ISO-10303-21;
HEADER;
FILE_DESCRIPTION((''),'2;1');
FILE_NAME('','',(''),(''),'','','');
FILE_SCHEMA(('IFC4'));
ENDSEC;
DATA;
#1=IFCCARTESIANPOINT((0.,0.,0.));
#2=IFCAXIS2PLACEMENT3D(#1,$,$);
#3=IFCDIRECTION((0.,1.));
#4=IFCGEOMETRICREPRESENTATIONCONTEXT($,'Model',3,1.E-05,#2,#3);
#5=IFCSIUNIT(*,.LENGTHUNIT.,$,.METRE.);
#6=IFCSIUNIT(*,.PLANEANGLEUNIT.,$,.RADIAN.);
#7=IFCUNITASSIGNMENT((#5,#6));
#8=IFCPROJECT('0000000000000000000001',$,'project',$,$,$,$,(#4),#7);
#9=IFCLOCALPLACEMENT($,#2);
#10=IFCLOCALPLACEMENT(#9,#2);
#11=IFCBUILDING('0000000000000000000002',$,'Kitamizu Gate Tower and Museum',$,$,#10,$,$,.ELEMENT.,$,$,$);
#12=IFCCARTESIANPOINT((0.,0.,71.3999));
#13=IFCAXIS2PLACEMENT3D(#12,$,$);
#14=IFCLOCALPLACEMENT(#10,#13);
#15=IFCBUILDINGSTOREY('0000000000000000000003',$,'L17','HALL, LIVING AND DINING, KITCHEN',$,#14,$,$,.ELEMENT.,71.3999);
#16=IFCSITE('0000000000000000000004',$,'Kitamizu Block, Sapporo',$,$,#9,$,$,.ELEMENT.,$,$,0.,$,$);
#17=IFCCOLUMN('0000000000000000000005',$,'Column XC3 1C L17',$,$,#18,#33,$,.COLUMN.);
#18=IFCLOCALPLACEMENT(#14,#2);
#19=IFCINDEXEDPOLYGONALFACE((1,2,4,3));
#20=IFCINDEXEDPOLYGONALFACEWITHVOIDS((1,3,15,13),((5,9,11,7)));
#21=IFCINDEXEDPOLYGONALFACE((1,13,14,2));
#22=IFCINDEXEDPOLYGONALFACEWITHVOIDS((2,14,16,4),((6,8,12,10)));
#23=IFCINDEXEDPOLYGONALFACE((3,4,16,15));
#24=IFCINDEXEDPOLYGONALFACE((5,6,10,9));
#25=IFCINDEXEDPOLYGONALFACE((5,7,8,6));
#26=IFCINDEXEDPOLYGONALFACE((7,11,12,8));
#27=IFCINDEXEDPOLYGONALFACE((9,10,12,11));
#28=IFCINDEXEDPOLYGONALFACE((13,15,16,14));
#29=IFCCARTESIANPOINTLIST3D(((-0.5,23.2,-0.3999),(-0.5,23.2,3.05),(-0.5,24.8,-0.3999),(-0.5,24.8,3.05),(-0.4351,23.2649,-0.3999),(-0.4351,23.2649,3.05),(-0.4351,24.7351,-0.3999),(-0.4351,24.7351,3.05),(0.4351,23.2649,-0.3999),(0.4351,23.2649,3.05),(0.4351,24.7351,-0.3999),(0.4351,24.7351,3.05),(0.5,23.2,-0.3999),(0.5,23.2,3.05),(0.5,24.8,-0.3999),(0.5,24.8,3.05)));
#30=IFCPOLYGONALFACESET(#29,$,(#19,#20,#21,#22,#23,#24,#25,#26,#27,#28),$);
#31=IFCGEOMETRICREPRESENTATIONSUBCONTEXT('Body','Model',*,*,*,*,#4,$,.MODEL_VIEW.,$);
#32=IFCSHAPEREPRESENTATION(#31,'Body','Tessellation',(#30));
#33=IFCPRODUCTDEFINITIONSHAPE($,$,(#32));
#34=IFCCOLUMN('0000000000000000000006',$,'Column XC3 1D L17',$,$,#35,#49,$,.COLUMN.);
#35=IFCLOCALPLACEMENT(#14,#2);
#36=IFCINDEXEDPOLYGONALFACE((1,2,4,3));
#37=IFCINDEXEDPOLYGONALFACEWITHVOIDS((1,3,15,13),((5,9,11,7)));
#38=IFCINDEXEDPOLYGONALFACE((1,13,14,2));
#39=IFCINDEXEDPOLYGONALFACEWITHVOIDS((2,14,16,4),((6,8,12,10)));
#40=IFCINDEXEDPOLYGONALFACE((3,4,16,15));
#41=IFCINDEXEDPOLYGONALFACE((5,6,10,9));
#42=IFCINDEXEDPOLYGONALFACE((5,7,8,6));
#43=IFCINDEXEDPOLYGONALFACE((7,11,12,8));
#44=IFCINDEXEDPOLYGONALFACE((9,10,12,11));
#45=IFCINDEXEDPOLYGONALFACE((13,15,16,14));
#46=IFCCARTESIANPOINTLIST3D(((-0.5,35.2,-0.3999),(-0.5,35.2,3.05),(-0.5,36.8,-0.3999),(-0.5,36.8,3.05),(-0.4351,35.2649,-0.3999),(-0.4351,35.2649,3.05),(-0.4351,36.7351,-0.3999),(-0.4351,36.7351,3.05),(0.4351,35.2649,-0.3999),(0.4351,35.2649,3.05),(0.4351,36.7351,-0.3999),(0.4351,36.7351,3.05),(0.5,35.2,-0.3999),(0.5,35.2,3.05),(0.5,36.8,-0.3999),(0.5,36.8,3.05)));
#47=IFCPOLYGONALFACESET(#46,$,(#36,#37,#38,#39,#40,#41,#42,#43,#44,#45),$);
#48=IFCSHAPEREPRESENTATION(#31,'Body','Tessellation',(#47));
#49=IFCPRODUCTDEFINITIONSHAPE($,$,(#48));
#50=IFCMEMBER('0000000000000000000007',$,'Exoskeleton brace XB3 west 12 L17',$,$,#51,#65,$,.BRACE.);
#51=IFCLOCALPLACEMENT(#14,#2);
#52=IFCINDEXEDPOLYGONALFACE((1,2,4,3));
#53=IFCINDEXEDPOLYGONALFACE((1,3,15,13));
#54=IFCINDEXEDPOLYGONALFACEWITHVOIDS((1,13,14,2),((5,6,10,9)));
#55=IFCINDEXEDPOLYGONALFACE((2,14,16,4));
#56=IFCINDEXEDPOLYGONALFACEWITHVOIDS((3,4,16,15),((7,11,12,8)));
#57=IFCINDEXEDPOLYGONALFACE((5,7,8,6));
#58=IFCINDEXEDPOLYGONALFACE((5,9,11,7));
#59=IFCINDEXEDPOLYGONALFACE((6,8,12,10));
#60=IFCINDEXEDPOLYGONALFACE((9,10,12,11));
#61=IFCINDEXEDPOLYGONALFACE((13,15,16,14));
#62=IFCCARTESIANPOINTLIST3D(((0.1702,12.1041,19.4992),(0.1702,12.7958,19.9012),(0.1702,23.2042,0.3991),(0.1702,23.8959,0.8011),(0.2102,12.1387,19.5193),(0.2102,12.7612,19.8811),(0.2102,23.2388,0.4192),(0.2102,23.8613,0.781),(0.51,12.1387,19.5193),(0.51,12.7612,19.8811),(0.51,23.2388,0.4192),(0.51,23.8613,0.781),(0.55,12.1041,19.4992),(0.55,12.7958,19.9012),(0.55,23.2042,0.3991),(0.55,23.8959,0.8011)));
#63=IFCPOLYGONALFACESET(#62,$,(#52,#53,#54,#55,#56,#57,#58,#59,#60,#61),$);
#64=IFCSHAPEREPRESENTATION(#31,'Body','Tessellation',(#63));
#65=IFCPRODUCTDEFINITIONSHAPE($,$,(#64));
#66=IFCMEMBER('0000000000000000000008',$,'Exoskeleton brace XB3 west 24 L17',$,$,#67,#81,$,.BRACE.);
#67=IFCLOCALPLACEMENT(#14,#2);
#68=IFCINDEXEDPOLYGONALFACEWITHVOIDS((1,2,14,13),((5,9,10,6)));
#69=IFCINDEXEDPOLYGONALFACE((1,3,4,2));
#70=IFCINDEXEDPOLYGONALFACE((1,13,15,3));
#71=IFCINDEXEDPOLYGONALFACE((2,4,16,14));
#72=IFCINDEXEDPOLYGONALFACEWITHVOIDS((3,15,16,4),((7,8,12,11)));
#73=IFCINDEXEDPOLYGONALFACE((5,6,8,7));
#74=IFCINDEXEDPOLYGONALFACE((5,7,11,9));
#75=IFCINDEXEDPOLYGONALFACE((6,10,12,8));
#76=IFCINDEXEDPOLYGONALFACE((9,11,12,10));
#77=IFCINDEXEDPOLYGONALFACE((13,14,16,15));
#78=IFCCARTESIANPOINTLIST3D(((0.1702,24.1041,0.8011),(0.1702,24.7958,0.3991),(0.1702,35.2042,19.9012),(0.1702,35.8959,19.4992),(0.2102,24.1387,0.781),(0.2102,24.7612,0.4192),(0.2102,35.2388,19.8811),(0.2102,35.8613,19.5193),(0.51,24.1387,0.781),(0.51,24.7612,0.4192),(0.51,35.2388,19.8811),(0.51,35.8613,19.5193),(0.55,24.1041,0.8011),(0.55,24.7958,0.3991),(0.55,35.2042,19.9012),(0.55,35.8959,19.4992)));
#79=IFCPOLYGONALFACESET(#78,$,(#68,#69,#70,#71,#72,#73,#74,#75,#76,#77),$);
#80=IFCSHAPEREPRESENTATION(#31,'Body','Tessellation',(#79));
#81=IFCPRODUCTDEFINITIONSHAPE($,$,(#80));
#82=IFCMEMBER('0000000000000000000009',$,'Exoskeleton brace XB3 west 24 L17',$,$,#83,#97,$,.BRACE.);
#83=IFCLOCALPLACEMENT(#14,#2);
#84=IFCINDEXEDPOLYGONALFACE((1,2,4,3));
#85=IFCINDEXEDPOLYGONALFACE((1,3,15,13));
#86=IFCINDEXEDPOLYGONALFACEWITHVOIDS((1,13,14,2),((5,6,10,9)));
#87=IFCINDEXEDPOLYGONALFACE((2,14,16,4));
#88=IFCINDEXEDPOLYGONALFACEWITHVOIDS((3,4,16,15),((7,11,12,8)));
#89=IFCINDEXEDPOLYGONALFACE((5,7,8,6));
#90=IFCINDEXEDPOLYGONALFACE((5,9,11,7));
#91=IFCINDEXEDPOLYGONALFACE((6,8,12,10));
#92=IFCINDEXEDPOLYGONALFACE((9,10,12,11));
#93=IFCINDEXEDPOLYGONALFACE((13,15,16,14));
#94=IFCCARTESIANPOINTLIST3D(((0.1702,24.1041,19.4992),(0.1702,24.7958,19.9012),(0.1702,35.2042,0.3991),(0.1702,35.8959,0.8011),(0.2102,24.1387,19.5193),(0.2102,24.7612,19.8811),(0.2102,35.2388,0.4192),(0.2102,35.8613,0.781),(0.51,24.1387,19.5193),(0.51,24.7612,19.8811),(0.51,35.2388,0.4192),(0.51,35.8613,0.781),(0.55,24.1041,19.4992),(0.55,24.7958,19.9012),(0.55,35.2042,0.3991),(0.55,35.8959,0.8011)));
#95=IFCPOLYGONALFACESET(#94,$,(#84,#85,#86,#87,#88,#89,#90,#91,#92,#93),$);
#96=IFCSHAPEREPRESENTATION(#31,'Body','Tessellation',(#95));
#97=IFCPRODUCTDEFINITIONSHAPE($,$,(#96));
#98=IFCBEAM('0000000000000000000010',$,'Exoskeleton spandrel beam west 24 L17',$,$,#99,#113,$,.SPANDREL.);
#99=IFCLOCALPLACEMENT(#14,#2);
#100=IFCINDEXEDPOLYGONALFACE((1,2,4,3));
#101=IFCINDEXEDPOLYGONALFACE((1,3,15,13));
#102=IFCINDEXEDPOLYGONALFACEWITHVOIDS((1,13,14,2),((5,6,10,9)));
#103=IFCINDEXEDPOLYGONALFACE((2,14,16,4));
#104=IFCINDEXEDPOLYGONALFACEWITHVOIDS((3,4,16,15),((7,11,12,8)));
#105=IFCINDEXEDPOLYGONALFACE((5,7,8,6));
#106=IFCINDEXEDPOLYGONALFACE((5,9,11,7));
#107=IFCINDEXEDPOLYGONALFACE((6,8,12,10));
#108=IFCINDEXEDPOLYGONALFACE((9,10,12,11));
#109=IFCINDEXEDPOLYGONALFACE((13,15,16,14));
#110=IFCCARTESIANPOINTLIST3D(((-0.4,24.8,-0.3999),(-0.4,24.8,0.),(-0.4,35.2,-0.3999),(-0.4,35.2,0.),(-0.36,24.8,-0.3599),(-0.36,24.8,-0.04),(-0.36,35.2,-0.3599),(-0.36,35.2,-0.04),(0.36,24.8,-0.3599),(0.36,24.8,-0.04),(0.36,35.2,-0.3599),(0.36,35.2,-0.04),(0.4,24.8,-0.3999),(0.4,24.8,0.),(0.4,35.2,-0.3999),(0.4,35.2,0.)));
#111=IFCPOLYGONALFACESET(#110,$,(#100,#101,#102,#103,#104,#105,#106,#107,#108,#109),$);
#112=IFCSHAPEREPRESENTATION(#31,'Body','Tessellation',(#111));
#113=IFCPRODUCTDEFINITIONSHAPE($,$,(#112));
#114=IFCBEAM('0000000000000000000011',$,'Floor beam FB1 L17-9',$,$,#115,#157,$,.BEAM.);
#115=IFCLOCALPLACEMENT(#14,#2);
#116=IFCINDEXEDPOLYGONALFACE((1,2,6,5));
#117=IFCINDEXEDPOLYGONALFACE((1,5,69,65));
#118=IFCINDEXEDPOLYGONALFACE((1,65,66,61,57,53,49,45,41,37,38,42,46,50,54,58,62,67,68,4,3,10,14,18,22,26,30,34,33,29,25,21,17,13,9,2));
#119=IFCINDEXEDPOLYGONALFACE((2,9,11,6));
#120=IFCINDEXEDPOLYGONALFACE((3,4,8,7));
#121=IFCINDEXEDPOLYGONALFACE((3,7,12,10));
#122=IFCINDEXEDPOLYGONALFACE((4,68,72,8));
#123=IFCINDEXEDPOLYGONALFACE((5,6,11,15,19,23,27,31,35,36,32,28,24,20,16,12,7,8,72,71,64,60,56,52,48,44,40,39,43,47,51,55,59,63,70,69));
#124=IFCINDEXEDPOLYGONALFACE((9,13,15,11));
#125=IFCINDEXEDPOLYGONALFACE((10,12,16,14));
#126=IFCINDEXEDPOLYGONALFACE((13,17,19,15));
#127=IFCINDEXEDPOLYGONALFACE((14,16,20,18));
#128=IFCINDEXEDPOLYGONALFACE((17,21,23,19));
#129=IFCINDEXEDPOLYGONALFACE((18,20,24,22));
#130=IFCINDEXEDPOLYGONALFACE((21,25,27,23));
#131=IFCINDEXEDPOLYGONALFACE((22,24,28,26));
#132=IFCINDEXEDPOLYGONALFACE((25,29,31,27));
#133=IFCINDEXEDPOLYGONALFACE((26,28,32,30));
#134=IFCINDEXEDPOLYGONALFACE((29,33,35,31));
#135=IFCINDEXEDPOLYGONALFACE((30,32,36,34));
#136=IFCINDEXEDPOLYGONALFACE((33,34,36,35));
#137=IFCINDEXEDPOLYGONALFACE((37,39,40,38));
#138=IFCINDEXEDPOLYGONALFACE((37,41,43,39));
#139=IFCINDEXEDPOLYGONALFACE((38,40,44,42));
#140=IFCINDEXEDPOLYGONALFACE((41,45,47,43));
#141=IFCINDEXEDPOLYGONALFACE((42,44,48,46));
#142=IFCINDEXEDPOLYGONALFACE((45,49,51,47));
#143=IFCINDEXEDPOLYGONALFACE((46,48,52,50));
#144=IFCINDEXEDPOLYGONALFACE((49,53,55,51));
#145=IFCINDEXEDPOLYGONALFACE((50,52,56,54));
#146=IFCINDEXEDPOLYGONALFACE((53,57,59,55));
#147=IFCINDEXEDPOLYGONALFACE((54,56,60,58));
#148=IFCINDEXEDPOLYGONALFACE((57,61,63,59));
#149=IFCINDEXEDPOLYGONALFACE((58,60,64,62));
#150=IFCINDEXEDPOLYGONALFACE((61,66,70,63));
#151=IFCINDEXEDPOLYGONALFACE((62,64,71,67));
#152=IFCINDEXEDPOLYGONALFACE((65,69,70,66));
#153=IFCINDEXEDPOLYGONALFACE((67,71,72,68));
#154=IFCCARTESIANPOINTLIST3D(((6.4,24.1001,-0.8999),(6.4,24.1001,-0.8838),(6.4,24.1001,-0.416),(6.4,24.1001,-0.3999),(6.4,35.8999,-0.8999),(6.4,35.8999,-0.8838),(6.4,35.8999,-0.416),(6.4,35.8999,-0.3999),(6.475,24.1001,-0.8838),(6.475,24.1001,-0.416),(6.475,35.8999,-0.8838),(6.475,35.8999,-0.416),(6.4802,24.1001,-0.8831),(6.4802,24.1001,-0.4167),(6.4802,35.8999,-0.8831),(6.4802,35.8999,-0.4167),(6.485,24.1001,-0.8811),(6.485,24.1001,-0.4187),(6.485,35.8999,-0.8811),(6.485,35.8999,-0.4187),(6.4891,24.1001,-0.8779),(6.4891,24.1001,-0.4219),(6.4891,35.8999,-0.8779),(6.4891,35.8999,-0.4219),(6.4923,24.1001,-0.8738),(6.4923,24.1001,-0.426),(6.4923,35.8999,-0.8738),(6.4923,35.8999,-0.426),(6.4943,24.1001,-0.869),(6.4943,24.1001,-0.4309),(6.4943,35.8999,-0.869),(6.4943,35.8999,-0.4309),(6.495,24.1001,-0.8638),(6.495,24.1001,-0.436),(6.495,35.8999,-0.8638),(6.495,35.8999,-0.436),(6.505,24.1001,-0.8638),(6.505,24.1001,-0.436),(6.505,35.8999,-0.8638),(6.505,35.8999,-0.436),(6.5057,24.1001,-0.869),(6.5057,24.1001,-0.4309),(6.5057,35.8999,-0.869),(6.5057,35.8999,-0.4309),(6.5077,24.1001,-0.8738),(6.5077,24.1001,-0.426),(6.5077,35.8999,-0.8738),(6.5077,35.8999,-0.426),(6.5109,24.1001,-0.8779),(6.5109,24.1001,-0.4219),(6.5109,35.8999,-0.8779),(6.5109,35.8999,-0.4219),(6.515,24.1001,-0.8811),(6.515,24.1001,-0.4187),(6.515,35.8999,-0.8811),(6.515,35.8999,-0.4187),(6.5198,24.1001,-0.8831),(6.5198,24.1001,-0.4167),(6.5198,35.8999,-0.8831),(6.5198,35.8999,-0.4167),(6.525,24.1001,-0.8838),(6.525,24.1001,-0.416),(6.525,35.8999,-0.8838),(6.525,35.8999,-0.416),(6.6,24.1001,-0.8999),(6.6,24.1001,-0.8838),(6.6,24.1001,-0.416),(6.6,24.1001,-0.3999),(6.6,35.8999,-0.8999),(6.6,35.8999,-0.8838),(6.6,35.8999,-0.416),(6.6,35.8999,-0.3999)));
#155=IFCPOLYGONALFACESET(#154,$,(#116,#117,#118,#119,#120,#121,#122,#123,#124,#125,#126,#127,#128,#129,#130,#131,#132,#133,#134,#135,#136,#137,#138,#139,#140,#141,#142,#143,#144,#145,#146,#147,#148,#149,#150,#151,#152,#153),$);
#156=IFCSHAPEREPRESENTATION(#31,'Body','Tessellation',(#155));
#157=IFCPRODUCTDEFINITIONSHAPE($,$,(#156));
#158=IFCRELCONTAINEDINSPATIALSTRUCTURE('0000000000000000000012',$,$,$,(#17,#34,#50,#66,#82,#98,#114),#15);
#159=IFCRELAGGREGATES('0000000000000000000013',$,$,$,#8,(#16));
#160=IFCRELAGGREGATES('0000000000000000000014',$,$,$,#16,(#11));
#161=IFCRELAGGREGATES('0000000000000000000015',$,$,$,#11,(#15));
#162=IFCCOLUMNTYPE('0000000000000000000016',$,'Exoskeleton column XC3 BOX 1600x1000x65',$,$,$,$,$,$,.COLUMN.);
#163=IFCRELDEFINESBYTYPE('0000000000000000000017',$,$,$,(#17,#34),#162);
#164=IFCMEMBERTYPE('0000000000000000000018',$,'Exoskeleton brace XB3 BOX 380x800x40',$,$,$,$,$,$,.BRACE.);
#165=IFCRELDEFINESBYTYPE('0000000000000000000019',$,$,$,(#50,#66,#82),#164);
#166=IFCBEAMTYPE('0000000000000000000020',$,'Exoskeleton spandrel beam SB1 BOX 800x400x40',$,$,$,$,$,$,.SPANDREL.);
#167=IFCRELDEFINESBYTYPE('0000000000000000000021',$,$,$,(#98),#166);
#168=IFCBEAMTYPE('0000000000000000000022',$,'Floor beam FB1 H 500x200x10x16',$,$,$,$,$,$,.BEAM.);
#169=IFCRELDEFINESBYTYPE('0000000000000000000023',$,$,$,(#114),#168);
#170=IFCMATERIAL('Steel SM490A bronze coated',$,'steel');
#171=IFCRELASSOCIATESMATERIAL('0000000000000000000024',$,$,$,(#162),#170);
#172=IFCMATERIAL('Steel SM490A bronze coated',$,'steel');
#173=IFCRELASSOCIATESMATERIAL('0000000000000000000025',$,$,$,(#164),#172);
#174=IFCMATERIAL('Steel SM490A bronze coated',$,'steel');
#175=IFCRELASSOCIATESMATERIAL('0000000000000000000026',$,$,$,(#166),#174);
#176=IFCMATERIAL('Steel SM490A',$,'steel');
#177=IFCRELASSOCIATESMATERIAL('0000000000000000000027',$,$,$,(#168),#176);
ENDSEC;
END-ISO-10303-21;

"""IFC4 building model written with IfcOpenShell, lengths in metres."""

from ifc_helpers import new_model, si_unit, direction, frame, origin, origin_2d, place, context, subcontext, project, spatial, hollow_rectangle, i_section, extrude, material, material_profile, profile_set, type_object, element, save


model = new_model("IFC4")

# Units and contexts
model_context = context("Model", 3, precision=1e-05, world=origin(), true_north=direction((0.0, 1.0)))
body_context = subcontext(model_context, "Body", "Model", "MODEL_VIEW")
ifc_project = project(units=[si_unit("LENGTHUNIT", "METRE"), si_unit("PLANEANGLEUNIT", "RADIAN")], contexts=[model_context])

# Site, building, storey
site_placement = place(None, origin())
site = spatial("IfcSite", under=ifc_project, at=site_placement, Name="Kitamizu Block, Sapporo", CompositionType="ELEMENT", RefElevation=0.0)
building_placement = place(site_placement, origin())
building = spatial("IfcBuilding", under=site, at=building_placement, Name="Kitamizu Gate Tower and Museum", CompositionType="ELEMENT")
storey_placement = place(building_placement, frame((0.0, 0.0, 71.3999)))
storey = spatial("IfcBuildingStorey", under=building, at=storey_placement, Name="L17", Description="HALL, LIVING AND DINING, KITCHEN", CompositionType="ELEMENT", Elevation=71.3999)

# Columns
ifc_material_1 = material(Name="Steel SM490A bronze coated", Category="steel")
ifc_material_profile_1 = material_profile(ifc_material_1, hollow_rectangle(XDim=1.6001, YDim=1.0, WallThickness=0.0649, at=origin_2d()), Name="BOX 1600x1000x65")
ifc_profile_set_1 = profile_set([ifc_material_profile_1], Name="Steel SM490A bronze coated")
column_type = type_object("IfcColumnType", Name="Exoskeleton column XC3 BOX 1600x1000x65", PredefinedType="COLUMN", material=ifc_profile_set_1)
for number, where, z_axis, x_axis, name in (
    (1, (0.0, 24.0, -0.3999), (0.0, 0.0, 1.0), (0.0, 1.0, 0.0), "Column XC3 1C L17"),
    (2, (0.0, 36.0, -0.3999), (0.0, 0.0, 1.0), (0.0, 1.0, 0.0), "Column XC3 1D L17"),
):
    element("IfcColumn", number, at=place(storey_placement, frame(where, z_axis=z_axis, x_axis=x_axis)), inside=storey, type_object=column_type, Name=name, PredefinedType="COLUMN", context=body_context, shape_type="SweptSolid", body=[
        extrude(hollow_rectangle(XDim=1.6001, YDim=1.0, WallThickness=0.0649, at=origin_2d()), origin(), (0.0, 0.0, 1.0), 3.45),
    ])

# Members
ifc_material_2 = material(Name="Steel SM490A bronze coated", Category="steel")
ifc_material_profile_2 = material_profile(ifc_material_2, hollow_rectangle(XDim=0.3799, YDim=0.8, WallThickness=0.04, at=origin_2d()), Name="BOX 380x800x40")
ifc_profile_set_2 = profile_set([ifc_material_profile_2], Name="Steel SM490A bronze coated")
member_type = type_object("IfcMemberType", Name="Exoskeleton brace XB3 BOX 380x800x40", PredefinedType="BRACE", material=ifc_profile_set_2)
for number, where, z_axis, x_axis, name in (
    (3, (0.3601, 23.55, 0.6001), (0.0, -0.502464, 0.864598), (1.0, 0.0, 0.0), "Exoskeleton brace XB3 west 12 L17"),
    (4, (0.3601, 24.45, 0.6001), (0.0, 0.502464, 0.864598), (-1.0, 0.0, 0.0), "Exoskeleton brace XB3 west 24 L17"),
    (5, (0.3601, 35.55, 0.6001), (0.0, -0.502464, 0.864598), (1.0, 0.0, 0.0), "Exoskeleton brace XB3 west 24 L17"),
):
    element("IfcMember", number, at=place(storey_placement, frame(where, z_axis=z_axis, x_axis=x_axis)), inside=storey, type_object=member_type, Name=name, PredefinedType="BRACE", context=body_context, shape_type="SweptSolid", body=[
        extrude(hollow_rectangle(XDim=0.3799, YDim=0.8, WallThickness=0.04, at=origin_2d()), origin(), (0.0, 0.0, 1.0), 22.0913),
    ])

# Beams
ifc_material_3 = material(Name="Steel SM490A bronze coated", Category="steel")
ifc_material_profile_3 = material_profile(ifc_material_3, hollow_rectangle(XDim=0.8, YDim=0.3999, WallThickness=0.04, at=origin_2d()), Name="BOX 800x400x40")
ifc_profile_set_3 = profile_set([ifc_material_profile_3], Name="Steel SM490A bronze coated")
beam_type_1 = type_object("IfcBeamType", Name="Exoskeleton spandrel beam SB1 BOX 800x400x40", PredefinedType="SPANDREL", material=ifc_profile_set_3)
beam_1_placement = place(storey_placement, frame((0.0, 24.8, -0.2), z_axis=(0.0, 1.0, 0.0), x_axis=(-1.0, 0.0, 0.0)))
element("IfcBeam", 6, at=beam_1_placement, inside=storey, type_object=beam_type_1, Name="Exoskeleton spandrel beam west 24 L17", PredefinedType="SPANDREL", context=body_context, shape_type="SweptSolid", body=[
    extrude(hollow_rectangle(XDim=0.8, YDim=0.3999, WallThickness=0.04, at=origin_2d()), origin(), (0.0, 0.0, 1.0), 10.3999),
])
ifc_material_4 = material(Name="Steel SM490A", Category="steel")
ifc_material_profile_4 = material_profile(ifc_material_4, i_section(OverallWidth=0.2, OverallDepth=0.5, WebThickness=0.01, FlangeThickness=0.0161, FilletRadius=0.02, at=origin_2d()), Name="H-500x200x10x16")
ifc_profile_set_4 = profile_set([ifc_material_profile_4], Name="Steel SM490A")
beam_type_2 = type_object("IfcBeamType", Name="Floor beam FB1 H 500x200x10x16", PredefinedType="BEAM", material=ifc_profile_set_4)
beam_2_placement = place(storey_placement, frame((6.5, 24.1001, -0.6499), z_axis=(0.0, 1.0, 0.0), x_axis=(-1.0, 0.0, 0.0)))
element("IfcBeam", 7, at=beam_2_placement, inside=storey, type_object=beam_type_2, Name="Floor beam FB1 L17-9", PredefinedType="BEAM", context=body_context, shape_type="SweptSolid", body=[
    extrude(i_section(OverallWidth=0.2, OverallDepth=0.5, WebThickness=0.01, FlangeThickness=0.0161, FilletRadius=0.02, at=origin_2d()), origin(), (0.0, 0.0, 1.0), 11.7998),
])

save(model, "model.ifc")
